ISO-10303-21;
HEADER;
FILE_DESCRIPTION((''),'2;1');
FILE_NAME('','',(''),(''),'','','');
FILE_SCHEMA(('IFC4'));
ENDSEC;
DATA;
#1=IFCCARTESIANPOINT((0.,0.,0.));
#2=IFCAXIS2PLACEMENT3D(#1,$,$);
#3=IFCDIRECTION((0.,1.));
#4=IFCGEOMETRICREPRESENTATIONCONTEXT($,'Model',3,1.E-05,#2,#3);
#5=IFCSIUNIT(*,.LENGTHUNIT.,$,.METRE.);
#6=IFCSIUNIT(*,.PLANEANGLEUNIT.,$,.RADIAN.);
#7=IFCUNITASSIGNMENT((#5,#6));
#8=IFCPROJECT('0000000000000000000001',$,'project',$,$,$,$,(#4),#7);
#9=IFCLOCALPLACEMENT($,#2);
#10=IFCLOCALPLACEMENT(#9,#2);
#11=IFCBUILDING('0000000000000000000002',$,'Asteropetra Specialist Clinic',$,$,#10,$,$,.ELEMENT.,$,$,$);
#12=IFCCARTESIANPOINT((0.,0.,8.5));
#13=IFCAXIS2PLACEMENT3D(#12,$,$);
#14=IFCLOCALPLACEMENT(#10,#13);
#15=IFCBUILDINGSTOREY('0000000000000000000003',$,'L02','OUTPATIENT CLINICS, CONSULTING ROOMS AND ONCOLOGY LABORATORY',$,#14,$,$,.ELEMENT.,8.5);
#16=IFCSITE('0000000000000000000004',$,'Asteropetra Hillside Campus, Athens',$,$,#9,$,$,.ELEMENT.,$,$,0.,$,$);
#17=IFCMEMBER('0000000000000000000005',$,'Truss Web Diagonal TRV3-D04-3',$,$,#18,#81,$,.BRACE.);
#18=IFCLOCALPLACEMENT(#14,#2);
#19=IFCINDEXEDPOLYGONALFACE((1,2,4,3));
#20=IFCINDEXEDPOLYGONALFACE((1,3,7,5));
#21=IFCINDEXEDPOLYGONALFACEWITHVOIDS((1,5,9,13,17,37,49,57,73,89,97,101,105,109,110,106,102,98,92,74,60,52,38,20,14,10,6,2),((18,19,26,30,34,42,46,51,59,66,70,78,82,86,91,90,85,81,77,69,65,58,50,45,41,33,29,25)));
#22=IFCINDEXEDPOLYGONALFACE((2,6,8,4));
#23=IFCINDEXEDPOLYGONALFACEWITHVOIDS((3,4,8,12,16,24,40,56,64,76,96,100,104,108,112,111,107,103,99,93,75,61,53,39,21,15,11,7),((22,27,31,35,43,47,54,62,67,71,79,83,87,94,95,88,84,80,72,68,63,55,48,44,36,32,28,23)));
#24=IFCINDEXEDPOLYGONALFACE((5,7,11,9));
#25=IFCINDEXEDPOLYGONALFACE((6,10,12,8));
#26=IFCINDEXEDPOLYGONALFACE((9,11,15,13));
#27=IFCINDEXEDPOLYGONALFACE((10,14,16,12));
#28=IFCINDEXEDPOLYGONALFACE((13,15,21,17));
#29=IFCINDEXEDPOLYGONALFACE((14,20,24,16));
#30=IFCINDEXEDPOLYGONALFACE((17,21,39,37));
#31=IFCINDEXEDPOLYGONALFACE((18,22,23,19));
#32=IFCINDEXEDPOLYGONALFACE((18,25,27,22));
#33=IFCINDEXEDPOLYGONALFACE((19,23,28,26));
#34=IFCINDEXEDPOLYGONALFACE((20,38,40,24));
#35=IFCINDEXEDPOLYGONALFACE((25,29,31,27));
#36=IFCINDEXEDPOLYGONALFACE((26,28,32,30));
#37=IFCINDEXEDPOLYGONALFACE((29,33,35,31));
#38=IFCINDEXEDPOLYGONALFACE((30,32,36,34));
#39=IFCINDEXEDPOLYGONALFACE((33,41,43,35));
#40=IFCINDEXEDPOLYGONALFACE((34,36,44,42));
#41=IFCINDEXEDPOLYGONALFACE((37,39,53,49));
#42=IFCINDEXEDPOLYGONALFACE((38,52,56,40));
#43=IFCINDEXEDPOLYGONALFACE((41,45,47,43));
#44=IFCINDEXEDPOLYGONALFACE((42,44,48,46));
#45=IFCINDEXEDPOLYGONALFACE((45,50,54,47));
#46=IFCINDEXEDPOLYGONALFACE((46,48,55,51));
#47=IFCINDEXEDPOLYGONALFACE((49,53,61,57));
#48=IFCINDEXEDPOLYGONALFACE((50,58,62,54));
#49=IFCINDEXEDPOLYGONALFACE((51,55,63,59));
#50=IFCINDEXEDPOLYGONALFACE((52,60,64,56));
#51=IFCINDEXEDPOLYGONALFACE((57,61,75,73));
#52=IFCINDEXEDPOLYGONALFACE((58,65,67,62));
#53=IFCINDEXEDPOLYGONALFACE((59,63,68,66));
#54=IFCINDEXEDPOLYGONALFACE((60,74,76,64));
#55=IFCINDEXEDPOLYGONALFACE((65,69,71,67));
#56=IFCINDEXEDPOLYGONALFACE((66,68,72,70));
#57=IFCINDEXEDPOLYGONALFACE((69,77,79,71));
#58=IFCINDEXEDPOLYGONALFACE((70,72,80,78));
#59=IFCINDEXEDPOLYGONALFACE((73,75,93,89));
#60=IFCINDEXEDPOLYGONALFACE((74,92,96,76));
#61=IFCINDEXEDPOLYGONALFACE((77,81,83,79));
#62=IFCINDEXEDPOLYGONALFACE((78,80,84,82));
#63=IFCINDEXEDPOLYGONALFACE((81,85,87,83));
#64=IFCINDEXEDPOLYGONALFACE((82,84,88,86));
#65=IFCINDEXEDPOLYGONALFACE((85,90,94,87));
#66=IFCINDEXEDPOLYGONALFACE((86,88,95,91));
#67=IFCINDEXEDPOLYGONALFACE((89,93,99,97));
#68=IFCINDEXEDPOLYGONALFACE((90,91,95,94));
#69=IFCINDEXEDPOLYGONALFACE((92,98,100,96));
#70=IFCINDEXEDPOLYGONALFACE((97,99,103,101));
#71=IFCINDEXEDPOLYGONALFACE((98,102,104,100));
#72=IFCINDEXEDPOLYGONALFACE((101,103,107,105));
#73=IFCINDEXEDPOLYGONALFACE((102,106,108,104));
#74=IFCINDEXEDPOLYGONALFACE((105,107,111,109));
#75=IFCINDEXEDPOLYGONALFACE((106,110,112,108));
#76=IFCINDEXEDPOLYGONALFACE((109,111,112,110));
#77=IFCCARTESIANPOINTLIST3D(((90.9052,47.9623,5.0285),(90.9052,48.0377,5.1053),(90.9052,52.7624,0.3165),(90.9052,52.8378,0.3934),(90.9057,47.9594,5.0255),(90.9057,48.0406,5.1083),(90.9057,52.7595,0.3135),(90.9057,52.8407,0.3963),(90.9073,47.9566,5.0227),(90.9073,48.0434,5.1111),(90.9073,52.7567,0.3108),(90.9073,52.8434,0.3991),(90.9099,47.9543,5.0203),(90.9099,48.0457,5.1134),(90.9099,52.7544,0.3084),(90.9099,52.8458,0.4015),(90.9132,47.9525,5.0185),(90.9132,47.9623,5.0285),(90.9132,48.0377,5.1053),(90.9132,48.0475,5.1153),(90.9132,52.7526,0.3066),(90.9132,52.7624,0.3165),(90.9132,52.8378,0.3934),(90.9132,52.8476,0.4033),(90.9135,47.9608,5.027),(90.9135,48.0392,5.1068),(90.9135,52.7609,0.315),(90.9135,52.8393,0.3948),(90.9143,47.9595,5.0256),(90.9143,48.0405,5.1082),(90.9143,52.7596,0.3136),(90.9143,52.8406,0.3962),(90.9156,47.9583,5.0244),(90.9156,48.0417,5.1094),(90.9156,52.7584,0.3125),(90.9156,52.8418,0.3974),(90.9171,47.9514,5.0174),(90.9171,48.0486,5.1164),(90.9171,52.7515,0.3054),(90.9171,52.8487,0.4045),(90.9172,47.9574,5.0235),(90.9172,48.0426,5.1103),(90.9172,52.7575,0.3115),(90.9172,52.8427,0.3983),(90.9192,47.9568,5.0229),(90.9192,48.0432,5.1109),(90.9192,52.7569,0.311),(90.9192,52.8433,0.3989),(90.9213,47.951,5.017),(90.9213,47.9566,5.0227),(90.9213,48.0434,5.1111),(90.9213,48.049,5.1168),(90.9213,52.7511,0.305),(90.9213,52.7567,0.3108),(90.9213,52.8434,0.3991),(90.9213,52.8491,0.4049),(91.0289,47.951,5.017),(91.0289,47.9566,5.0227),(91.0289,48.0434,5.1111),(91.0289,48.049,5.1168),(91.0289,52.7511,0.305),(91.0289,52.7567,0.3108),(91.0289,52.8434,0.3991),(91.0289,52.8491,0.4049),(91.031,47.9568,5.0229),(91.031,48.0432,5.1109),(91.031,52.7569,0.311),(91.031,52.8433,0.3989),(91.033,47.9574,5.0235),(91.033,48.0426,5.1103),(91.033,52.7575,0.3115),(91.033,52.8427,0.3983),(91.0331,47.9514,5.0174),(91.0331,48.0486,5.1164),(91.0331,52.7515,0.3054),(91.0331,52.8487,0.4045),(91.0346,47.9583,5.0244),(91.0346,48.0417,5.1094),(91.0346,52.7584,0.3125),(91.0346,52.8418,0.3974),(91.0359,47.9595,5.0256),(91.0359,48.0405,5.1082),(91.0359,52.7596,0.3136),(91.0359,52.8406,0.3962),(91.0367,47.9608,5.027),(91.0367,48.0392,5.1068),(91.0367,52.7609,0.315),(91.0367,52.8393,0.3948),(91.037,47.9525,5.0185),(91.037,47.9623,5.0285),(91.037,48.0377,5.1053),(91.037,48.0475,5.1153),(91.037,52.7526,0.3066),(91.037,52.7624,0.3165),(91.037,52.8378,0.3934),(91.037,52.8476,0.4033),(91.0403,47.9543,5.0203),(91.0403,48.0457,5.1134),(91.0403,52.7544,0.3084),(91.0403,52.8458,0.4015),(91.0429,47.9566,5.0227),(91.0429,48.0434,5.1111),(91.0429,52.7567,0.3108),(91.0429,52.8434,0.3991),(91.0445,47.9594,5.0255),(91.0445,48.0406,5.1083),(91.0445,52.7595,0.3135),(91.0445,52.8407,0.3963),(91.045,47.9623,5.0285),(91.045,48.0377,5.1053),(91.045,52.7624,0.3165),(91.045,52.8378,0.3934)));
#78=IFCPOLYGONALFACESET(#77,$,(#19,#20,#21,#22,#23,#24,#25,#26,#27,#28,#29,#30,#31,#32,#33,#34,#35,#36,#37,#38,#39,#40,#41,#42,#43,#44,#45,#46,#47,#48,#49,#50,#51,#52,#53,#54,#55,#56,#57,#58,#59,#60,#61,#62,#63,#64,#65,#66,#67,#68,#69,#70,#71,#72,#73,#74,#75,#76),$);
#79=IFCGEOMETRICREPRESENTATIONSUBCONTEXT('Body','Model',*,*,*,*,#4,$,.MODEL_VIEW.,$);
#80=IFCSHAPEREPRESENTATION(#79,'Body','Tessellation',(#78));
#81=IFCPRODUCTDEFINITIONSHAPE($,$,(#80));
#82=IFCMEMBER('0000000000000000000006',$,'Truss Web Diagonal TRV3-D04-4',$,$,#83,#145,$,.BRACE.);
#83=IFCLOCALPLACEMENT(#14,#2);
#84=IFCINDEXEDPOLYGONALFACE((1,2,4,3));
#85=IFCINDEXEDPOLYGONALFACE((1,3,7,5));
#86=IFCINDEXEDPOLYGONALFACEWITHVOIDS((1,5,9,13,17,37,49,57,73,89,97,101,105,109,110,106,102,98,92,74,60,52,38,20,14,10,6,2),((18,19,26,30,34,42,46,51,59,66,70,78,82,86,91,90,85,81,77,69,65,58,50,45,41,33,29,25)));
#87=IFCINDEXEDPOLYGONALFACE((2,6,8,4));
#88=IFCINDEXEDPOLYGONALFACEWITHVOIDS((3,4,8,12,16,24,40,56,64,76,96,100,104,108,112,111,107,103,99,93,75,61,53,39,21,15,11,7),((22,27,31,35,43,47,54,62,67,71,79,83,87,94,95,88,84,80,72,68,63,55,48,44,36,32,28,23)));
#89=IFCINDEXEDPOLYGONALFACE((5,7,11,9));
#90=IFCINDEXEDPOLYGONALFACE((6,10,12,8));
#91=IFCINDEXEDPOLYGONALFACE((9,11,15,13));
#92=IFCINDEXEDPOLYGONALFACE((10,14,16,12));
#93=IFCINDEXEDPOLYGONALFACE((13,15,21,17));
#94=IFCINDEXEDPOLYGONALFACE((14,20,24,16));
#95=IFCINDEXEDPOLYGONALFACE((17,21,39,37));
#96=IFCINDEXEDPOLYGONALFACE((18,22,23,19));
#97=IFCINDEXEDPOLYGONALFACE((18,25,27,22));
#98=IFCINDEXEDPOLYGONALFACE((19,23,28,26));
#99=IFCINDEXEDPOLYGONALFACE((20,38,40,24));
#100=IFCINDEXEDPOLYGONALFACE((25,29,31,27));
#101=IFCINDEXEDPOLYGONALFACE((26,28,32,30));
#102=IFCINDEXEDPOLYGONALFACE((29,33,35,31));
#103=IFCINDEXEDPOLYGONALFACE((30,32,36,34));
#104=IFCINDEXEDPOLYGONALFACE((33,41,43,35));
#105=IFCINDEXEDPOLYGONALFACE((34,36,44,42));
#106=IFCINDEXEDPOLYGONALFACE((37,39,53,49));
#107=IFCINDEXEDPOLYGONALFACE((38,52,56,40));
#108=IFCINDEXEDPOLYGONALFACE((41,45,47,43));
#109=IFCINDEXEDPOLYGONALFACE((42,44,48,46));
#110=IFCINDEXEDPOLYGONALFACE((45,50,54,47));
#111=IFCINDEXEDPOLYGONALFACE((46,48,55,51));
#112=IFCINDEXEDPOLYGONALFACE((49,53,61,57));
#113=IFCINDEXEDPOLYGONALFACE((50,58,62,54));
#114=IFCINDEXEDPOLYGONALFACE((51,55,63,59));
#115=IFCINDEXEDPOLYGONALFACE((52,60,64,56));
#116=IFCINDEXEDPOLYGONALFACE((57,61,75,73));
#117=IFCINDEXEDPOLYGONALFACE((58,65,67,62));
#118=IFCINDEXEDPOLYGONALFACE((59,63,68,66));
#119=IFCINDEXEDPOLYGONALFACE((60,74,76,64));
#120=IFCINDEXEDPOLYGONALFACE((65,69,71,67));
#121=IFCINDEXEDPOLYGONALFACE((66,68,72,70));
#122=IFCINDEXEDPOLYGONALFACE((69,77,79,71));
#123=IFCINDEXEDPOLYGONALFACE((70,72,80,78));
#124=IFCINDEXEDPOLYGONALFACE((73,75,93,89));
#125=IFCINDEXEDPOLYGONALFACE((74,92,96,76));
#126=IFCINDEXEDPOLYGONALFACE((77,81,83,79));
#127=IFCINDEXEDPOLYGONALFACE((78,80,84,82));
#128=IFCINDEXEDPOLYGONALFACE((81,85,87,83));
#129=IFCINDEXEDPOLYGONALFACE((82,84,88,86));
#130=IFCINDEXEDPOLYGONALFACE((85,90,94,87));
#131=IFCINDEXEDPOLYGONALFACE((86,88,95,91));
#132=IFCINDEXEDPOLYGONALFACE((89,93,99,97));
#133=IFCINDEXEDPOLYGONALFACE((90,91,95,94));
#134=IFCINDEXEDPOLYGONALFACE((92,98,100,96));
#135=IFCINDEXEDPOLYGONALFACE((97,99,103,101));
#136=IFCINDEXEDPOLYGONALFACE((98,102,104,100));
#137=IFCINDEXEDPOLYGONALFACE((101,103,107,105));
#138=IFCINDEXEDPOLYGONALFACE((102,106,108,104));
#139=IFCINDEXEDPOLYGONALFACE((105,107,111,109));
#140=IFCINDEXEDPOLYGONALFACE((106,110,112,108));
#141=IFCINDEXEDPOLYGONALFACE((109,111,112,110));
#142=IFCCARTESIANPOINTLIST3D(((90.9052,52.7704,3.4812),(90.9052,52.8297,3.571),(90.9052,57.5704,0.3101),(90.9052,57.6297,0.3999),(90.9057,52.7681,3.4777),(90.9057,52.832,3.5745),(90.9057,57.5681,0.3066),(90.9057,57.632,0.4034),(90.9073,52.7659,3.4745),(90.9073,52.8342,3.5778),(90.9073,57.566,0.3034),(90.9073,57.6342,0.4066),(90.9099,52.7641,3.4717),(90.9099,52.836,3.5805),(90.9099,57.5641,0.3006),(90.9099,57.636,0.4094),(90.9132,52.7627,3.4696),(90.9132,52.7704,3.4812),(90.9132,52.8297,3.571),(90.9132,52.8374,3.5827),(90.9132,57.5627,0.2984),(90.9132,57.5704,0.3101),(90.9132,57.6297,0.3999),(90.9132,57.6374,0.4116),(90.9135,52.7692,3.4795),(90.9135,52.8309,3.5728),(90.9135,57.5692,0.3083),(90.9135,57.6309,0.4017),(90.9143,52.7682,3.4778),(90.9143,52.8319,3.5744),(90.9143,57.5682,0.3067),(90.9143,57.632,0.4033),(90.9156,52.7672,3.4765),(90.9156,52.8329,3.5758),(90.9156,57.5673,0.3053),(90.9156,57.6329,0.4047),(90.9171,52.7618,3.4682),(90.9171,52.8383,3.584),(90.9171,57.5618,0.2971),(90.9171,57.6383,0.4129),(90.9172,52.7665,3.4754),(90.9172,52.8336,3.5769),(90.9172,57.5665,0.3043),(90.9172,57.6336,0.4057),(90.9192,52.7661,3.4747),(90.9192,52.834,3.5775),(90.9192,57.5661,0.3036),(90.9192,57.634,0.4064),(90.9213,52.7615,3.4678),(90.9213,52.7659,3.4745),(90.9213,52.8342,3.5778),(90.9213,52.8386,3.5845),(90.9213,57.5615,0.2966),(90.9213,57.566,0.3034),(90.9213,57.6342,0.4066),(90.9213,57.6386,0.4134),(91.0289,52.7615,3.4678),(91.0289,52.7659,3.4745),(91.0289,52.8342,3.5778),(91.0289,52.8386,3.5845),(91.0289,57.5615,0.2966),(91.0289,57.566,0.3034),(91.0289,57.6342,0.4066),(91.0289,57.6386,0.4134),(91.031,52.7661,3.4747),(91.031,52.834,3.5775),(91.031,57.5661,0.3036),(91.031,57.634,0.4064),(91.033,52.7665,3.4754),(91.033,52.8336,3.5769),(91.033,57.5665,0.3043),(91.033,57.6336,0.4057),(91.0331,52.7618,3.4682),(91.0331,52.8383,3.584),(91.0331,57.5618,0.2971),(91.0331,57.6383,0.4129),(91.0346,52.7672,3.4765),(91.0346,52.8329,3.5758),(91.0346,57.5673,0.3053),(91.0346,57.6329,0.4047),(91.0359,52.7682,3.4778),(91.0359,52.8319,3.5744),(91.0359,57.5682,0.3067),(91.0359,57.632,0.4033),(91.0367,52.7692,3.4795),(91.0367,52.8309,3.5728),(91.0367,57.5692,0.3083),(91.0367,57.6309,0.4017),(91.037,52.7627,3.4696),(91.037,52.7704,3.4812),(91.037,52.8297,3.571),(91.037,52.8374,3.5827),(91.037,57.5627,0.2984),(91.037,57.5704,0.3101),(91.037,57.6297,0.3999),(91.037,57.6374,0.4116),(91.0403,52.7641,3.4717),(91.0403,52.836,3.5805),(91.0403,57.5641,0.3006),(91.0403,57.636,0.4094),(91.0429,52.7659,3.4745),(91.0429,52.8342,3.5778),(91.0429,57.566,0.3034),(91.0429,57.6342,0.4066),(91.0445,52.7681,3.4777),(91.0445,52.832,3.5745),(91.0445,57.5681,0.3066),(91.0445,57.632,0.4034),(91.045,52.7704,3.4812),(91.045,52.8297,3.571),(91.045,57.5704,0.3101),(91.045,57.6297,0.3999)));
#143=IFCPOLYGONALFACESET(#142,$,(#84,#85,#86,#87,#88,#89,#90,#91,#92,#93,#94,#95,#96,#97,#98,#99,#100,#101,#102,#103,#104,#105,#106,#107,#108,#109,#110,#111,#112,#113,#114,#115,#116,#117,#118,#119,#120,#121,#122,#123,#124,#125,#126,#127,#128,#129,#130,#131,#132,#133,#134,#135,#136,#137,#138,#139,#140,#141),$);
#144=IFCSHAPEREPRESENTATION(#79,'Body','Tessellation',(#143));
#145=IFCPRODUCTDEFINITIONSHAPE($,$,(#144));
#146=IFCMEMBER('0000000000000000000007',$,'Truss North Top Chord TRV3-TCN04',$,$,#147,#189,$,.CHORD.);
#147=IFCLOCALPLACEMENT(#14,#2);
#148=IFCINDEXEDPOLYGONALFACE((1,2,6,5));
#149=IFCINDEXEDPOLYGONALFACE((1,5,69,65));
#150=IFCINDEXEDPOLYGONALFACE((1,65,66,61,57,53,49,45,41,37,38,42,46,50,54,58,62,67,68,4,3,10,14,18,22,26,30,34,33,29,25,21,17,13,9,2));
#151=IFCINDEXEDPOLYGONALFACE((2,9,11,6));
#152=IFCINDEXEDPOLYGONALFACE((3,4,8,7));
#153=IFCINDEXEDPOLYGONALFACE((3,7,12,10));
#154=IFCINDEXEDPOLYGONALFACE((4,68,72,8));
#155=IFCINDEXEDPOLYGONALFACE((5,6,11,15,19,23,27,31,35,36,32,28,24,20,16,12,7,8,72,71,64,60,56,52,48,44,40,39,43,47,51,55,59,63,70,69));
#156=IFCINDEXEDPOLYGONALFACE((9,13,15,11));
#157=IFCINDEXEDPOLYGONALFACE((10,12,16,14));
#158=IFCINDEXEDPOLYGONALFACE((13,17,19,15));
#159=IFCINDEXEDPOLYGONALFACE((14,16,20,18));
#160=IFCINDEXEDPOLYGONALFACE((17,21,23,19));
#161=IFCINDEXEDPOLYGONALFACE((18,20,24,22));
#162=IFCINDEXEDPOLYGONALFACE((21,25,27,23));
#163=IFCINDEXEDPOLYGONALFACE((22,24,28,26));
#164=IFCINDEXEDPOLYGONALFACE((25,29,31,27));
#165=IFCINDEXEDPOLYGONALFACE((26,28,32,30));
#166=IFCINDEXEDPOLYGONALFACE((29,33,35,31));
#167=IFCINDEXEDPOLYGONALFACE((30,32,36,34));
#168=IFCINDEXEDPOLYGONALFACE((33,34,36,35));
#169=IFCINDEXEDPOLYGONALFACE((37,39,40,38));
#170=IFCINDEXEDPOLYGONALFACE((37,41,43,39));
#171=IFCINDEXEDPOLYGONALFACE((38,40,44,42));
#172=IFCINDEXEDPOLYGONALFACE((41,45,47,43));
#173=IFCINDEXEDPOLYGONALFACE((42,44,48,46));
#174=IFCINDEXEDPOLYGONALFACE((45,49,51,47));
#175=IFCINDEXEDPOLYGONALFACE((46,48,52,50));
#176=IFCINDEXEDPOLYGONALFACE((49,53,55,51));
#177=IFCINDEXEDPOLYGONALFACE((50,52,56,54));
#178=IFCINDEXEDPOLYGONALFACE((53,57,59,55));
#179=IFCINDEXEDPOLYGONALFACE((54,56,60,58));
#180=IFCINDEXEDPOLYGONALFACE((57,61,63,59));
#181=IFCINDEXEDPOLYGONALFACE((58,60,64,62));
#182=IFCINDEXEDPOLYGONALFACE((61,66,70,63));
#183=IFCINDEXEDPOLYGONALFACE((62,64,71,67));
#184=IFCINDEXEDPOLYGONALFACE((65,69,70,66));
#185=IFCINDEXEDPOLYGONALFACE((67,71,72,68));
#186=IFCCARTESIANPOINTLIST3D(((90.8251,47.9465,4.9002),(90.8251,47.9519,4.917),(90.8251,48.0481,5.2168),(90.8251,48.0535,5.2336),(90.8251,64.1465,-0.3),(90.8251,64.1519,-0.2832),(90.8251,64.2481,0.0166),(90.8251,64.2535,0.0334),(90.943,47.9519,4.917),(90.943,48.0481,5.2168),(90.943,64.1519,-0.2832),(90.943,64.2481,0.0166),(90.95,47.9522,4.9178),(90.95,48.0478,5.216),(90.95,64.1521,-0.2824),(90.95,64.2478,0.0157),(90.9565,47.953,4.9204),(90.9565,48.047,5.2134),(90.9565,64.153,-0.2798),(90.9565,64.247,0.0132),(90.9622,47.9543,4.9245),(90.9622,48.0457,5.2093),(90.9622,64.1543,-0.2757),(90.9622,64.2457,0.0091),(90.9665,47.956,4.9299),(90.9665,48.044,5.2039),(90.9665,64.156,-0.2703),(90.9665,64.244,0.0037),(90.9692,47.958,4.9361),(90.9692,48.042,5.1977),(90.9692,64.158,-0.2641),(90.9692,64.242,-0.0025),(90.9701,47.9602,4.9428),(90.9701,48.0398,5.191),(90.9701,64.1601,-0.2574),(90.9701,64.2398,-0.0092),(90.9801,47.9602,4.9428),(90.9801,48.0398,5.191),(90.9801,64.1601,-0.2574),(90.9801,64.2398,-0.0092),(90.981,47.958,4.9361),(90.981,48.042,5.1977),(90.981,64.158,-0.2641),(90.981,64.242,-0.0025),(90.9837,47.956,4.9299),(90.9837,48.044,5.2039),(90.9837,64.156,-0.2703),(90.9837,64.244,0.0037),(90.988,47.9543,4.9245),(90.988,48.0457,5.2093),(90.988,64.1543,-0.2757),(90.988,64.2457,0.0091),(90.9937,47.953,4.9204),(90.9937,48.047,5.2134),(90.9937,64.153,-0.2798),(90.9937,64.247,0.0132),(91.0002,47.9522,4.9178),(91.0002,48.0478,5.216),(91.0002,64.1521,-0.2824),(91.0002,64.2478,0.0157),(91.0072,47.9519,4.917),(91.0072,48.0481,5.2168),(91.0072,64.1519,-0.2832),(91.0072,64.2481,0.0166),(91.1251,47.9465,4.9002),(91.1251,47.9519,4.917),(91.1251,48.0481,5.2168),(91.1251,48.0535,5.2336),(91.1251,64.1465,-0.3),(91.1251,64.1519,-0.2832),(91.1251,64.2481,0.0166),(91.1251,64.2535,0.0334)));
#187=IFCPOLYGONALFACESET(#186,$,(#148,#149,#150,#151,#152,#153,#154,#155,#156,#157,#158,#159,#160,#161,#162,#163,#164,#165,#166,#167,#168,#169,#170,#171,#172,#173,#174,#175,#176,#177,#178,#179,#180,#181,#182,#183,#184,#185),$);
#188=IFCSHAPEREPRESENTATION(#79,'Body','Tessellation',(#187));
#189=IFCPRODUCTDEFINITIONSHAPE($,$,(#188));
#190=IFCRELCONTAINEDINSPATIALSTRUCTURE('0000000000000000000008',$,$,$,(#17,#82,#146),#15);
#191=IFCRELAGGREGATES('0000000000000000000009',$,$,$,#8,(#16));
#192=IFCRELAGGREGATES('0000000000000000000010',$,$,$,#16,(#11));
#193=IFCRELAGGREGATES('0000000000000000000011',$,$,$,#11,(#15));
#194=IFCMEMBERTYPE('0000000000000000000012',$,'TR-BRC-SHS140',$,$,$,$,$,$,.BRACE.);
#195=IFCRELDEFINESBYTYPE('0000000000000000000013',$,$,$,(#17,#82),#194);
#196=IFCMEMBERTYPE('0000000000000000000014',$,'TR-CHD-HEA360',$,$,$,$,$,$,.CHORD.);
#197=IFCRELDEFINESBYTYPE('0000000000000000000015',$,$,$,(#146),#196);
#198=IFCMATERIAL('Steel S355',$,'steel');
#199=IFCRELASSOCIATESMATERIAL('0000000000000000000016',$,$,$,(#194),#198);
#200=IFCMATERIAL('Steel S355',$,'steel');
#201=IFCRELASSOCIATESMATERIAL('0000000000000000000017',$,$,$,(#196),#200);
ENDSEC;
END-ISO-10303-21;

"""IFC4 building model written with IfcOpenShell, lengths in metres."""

from ifc_helpers import new_model, si_unit, direction, frame, origin, origin_2d, place, context, subcontext, project, spatial, hollow_rectangle, i_section, extrude, material, material_profile, profile_set, type_object, element, save


model = new_model("IFC4")

# Units and contexts
model_context = context("Model", 3, precision=1e-05, world=origin(), true_north=direction((0.0, 1.0)))
body_context = subcontext(model_context, "Body", "Model", "MODEL_VIEW")
ifc_project = project(units=[si_unit("LENGTHUNIT", "METRE"), si_unit("PLANEANGLEUNIT", "RADIAN")], contexts=[model_context])

# Site, building, storey
site_placement = place(None, origin())
site = spatial("IfcSite", under=ifc_project, at=site_placement, Name="Asteropetra Hillside Campus, Athens", CompositionType="ELEMENT", RefElevation=0.0)
building_placement = place(site_placement, origin())
building = spatial("IfcBuilding", under=site, at=building_placement, Name="Asteropetra Specialist Clinic", CompositionType="ELEMENT")
storey_placement = place(building_placement, frame((0.0, 0.0, 8.5)))
storey = spatial("IfcBuildingStorey", under=building, at=storey_placement, Name="L02", Description="OUTPATIENT CLINICS, CONSULTING ROOMS AND ONCOLOGY LABORATORY", CompositionType="ELEMENT", Elevation=8.5)

# Members
ifc_material_1 = material(Name="Steel S355", Category="steel")
ifc_material_profile_1 = material_profile(ifc_material_1, hollow_rectangle(XDim=0.1399, YDim=0.1399, WallThickness=0.0081, InnerFilletRadius=0.0081, OuterFilletRadius=0.0161, at=origin_2d()), Name="SHS 140x140x8.0")
ifc_profile_set_1 = profile_set([ifc_material_profile_1], Name="Steel S355")
member_type_1 = type_object("IfcMemberType", Name="TR-BRC-SHS140", PredefinedType="BRACE", material=ifc_profile_set_1)
member_1_placement = place(storey_placement, frame((90.9751, 48.0, 5.0669), z_axis=(0.0, 0.713628, -0.700525), x_axis=(-1.0, 0.0, 0.0)))
element("IfcMember", 1, at=member_1_placement, inside=storey, type_object=member_type_1, Name="Truss Web Diagonal TRV3-D04-3", PredefinedType="BRACE", context=body_context, shape_type="SweptSolid", body=[
    extrude(hollow_rectangle(XDim=0.1399, YDim=0.1399, WallThickness=0.0081, InnerFilletRadius=0.0081, OuterFilletRadius=0.0161, at=origin_2d()), origin(), (0.0, 0.0, 1.0), 6.7263),
])
member_2_placement = place(storey_placement, frame((90.9751, 52.8, 3.5261), z_axis=(0.0, 0.834361, -0.551219), x_axis=(-1.0, 0.0, 0.0)))
element("IfcMember", 2, at=member_2_placement, inside=storey, type_object=member_type_1, Name="Truss Web Diagonal TRV3-D04-4", PredefinedType="BRACE", context=body_context, shape_type="SweptSolid", body=[
    extrude(hollow_rectangle(XDim=0.1399, YDim=0.1399, WallThickness=0.0081, InnerFilletRadius=0.0081, OuterFilletRadius=0.0161, at=origin_2d()), origin(), (0.0, 0.0, 1.0), 5.7529),
])
ifc_material_2 = material(Name="Steel S355", Category="steel")
ifc_material_profile_2 = material_profile(ifc_material_2, i_section(OverallWidth=0.3, OverallDepth=0.3501, WebThickness=0.01, FlangeThickness=0.0176, FilletRadius=0.0271, at=origin_2d()), Name="HEA 360")
ifc_profile_set_2 = profile_set([ifc_material_profile_2], Name="Steel S355")
member_type_2 = type_object("IfcMemberType", Name="TR-CHD-HEA360", PredefinedType="CHORD", material=ifc_profile_set_2)
member_3_placement = place(storey_placement, frame((90.9751, 48.0, 5.0669), z_axis=(0.0, 0.952147, -0.30564), x_axis=(-1.0, 0.0, 0.0)))
element("IfcMember", 3, at=member_3_placement, inside=storey, type_object=member_type_2, Name="Truss North Top Chord TRV3-TCN04", PredefinedType="CHORD", context=body_context, shape_type="SweptSolid", body=[
    extrude(i_section(OverallWidth=0.3, OverallDepth=0.3501, WebThickness=0.01, FlangeThickness=0.0176, FilletRadius=0.0271, at=origin_2d()), origin(), (0.0, 0.0, 1.0), 17.0142),
])

save(model, "model.ifc")
